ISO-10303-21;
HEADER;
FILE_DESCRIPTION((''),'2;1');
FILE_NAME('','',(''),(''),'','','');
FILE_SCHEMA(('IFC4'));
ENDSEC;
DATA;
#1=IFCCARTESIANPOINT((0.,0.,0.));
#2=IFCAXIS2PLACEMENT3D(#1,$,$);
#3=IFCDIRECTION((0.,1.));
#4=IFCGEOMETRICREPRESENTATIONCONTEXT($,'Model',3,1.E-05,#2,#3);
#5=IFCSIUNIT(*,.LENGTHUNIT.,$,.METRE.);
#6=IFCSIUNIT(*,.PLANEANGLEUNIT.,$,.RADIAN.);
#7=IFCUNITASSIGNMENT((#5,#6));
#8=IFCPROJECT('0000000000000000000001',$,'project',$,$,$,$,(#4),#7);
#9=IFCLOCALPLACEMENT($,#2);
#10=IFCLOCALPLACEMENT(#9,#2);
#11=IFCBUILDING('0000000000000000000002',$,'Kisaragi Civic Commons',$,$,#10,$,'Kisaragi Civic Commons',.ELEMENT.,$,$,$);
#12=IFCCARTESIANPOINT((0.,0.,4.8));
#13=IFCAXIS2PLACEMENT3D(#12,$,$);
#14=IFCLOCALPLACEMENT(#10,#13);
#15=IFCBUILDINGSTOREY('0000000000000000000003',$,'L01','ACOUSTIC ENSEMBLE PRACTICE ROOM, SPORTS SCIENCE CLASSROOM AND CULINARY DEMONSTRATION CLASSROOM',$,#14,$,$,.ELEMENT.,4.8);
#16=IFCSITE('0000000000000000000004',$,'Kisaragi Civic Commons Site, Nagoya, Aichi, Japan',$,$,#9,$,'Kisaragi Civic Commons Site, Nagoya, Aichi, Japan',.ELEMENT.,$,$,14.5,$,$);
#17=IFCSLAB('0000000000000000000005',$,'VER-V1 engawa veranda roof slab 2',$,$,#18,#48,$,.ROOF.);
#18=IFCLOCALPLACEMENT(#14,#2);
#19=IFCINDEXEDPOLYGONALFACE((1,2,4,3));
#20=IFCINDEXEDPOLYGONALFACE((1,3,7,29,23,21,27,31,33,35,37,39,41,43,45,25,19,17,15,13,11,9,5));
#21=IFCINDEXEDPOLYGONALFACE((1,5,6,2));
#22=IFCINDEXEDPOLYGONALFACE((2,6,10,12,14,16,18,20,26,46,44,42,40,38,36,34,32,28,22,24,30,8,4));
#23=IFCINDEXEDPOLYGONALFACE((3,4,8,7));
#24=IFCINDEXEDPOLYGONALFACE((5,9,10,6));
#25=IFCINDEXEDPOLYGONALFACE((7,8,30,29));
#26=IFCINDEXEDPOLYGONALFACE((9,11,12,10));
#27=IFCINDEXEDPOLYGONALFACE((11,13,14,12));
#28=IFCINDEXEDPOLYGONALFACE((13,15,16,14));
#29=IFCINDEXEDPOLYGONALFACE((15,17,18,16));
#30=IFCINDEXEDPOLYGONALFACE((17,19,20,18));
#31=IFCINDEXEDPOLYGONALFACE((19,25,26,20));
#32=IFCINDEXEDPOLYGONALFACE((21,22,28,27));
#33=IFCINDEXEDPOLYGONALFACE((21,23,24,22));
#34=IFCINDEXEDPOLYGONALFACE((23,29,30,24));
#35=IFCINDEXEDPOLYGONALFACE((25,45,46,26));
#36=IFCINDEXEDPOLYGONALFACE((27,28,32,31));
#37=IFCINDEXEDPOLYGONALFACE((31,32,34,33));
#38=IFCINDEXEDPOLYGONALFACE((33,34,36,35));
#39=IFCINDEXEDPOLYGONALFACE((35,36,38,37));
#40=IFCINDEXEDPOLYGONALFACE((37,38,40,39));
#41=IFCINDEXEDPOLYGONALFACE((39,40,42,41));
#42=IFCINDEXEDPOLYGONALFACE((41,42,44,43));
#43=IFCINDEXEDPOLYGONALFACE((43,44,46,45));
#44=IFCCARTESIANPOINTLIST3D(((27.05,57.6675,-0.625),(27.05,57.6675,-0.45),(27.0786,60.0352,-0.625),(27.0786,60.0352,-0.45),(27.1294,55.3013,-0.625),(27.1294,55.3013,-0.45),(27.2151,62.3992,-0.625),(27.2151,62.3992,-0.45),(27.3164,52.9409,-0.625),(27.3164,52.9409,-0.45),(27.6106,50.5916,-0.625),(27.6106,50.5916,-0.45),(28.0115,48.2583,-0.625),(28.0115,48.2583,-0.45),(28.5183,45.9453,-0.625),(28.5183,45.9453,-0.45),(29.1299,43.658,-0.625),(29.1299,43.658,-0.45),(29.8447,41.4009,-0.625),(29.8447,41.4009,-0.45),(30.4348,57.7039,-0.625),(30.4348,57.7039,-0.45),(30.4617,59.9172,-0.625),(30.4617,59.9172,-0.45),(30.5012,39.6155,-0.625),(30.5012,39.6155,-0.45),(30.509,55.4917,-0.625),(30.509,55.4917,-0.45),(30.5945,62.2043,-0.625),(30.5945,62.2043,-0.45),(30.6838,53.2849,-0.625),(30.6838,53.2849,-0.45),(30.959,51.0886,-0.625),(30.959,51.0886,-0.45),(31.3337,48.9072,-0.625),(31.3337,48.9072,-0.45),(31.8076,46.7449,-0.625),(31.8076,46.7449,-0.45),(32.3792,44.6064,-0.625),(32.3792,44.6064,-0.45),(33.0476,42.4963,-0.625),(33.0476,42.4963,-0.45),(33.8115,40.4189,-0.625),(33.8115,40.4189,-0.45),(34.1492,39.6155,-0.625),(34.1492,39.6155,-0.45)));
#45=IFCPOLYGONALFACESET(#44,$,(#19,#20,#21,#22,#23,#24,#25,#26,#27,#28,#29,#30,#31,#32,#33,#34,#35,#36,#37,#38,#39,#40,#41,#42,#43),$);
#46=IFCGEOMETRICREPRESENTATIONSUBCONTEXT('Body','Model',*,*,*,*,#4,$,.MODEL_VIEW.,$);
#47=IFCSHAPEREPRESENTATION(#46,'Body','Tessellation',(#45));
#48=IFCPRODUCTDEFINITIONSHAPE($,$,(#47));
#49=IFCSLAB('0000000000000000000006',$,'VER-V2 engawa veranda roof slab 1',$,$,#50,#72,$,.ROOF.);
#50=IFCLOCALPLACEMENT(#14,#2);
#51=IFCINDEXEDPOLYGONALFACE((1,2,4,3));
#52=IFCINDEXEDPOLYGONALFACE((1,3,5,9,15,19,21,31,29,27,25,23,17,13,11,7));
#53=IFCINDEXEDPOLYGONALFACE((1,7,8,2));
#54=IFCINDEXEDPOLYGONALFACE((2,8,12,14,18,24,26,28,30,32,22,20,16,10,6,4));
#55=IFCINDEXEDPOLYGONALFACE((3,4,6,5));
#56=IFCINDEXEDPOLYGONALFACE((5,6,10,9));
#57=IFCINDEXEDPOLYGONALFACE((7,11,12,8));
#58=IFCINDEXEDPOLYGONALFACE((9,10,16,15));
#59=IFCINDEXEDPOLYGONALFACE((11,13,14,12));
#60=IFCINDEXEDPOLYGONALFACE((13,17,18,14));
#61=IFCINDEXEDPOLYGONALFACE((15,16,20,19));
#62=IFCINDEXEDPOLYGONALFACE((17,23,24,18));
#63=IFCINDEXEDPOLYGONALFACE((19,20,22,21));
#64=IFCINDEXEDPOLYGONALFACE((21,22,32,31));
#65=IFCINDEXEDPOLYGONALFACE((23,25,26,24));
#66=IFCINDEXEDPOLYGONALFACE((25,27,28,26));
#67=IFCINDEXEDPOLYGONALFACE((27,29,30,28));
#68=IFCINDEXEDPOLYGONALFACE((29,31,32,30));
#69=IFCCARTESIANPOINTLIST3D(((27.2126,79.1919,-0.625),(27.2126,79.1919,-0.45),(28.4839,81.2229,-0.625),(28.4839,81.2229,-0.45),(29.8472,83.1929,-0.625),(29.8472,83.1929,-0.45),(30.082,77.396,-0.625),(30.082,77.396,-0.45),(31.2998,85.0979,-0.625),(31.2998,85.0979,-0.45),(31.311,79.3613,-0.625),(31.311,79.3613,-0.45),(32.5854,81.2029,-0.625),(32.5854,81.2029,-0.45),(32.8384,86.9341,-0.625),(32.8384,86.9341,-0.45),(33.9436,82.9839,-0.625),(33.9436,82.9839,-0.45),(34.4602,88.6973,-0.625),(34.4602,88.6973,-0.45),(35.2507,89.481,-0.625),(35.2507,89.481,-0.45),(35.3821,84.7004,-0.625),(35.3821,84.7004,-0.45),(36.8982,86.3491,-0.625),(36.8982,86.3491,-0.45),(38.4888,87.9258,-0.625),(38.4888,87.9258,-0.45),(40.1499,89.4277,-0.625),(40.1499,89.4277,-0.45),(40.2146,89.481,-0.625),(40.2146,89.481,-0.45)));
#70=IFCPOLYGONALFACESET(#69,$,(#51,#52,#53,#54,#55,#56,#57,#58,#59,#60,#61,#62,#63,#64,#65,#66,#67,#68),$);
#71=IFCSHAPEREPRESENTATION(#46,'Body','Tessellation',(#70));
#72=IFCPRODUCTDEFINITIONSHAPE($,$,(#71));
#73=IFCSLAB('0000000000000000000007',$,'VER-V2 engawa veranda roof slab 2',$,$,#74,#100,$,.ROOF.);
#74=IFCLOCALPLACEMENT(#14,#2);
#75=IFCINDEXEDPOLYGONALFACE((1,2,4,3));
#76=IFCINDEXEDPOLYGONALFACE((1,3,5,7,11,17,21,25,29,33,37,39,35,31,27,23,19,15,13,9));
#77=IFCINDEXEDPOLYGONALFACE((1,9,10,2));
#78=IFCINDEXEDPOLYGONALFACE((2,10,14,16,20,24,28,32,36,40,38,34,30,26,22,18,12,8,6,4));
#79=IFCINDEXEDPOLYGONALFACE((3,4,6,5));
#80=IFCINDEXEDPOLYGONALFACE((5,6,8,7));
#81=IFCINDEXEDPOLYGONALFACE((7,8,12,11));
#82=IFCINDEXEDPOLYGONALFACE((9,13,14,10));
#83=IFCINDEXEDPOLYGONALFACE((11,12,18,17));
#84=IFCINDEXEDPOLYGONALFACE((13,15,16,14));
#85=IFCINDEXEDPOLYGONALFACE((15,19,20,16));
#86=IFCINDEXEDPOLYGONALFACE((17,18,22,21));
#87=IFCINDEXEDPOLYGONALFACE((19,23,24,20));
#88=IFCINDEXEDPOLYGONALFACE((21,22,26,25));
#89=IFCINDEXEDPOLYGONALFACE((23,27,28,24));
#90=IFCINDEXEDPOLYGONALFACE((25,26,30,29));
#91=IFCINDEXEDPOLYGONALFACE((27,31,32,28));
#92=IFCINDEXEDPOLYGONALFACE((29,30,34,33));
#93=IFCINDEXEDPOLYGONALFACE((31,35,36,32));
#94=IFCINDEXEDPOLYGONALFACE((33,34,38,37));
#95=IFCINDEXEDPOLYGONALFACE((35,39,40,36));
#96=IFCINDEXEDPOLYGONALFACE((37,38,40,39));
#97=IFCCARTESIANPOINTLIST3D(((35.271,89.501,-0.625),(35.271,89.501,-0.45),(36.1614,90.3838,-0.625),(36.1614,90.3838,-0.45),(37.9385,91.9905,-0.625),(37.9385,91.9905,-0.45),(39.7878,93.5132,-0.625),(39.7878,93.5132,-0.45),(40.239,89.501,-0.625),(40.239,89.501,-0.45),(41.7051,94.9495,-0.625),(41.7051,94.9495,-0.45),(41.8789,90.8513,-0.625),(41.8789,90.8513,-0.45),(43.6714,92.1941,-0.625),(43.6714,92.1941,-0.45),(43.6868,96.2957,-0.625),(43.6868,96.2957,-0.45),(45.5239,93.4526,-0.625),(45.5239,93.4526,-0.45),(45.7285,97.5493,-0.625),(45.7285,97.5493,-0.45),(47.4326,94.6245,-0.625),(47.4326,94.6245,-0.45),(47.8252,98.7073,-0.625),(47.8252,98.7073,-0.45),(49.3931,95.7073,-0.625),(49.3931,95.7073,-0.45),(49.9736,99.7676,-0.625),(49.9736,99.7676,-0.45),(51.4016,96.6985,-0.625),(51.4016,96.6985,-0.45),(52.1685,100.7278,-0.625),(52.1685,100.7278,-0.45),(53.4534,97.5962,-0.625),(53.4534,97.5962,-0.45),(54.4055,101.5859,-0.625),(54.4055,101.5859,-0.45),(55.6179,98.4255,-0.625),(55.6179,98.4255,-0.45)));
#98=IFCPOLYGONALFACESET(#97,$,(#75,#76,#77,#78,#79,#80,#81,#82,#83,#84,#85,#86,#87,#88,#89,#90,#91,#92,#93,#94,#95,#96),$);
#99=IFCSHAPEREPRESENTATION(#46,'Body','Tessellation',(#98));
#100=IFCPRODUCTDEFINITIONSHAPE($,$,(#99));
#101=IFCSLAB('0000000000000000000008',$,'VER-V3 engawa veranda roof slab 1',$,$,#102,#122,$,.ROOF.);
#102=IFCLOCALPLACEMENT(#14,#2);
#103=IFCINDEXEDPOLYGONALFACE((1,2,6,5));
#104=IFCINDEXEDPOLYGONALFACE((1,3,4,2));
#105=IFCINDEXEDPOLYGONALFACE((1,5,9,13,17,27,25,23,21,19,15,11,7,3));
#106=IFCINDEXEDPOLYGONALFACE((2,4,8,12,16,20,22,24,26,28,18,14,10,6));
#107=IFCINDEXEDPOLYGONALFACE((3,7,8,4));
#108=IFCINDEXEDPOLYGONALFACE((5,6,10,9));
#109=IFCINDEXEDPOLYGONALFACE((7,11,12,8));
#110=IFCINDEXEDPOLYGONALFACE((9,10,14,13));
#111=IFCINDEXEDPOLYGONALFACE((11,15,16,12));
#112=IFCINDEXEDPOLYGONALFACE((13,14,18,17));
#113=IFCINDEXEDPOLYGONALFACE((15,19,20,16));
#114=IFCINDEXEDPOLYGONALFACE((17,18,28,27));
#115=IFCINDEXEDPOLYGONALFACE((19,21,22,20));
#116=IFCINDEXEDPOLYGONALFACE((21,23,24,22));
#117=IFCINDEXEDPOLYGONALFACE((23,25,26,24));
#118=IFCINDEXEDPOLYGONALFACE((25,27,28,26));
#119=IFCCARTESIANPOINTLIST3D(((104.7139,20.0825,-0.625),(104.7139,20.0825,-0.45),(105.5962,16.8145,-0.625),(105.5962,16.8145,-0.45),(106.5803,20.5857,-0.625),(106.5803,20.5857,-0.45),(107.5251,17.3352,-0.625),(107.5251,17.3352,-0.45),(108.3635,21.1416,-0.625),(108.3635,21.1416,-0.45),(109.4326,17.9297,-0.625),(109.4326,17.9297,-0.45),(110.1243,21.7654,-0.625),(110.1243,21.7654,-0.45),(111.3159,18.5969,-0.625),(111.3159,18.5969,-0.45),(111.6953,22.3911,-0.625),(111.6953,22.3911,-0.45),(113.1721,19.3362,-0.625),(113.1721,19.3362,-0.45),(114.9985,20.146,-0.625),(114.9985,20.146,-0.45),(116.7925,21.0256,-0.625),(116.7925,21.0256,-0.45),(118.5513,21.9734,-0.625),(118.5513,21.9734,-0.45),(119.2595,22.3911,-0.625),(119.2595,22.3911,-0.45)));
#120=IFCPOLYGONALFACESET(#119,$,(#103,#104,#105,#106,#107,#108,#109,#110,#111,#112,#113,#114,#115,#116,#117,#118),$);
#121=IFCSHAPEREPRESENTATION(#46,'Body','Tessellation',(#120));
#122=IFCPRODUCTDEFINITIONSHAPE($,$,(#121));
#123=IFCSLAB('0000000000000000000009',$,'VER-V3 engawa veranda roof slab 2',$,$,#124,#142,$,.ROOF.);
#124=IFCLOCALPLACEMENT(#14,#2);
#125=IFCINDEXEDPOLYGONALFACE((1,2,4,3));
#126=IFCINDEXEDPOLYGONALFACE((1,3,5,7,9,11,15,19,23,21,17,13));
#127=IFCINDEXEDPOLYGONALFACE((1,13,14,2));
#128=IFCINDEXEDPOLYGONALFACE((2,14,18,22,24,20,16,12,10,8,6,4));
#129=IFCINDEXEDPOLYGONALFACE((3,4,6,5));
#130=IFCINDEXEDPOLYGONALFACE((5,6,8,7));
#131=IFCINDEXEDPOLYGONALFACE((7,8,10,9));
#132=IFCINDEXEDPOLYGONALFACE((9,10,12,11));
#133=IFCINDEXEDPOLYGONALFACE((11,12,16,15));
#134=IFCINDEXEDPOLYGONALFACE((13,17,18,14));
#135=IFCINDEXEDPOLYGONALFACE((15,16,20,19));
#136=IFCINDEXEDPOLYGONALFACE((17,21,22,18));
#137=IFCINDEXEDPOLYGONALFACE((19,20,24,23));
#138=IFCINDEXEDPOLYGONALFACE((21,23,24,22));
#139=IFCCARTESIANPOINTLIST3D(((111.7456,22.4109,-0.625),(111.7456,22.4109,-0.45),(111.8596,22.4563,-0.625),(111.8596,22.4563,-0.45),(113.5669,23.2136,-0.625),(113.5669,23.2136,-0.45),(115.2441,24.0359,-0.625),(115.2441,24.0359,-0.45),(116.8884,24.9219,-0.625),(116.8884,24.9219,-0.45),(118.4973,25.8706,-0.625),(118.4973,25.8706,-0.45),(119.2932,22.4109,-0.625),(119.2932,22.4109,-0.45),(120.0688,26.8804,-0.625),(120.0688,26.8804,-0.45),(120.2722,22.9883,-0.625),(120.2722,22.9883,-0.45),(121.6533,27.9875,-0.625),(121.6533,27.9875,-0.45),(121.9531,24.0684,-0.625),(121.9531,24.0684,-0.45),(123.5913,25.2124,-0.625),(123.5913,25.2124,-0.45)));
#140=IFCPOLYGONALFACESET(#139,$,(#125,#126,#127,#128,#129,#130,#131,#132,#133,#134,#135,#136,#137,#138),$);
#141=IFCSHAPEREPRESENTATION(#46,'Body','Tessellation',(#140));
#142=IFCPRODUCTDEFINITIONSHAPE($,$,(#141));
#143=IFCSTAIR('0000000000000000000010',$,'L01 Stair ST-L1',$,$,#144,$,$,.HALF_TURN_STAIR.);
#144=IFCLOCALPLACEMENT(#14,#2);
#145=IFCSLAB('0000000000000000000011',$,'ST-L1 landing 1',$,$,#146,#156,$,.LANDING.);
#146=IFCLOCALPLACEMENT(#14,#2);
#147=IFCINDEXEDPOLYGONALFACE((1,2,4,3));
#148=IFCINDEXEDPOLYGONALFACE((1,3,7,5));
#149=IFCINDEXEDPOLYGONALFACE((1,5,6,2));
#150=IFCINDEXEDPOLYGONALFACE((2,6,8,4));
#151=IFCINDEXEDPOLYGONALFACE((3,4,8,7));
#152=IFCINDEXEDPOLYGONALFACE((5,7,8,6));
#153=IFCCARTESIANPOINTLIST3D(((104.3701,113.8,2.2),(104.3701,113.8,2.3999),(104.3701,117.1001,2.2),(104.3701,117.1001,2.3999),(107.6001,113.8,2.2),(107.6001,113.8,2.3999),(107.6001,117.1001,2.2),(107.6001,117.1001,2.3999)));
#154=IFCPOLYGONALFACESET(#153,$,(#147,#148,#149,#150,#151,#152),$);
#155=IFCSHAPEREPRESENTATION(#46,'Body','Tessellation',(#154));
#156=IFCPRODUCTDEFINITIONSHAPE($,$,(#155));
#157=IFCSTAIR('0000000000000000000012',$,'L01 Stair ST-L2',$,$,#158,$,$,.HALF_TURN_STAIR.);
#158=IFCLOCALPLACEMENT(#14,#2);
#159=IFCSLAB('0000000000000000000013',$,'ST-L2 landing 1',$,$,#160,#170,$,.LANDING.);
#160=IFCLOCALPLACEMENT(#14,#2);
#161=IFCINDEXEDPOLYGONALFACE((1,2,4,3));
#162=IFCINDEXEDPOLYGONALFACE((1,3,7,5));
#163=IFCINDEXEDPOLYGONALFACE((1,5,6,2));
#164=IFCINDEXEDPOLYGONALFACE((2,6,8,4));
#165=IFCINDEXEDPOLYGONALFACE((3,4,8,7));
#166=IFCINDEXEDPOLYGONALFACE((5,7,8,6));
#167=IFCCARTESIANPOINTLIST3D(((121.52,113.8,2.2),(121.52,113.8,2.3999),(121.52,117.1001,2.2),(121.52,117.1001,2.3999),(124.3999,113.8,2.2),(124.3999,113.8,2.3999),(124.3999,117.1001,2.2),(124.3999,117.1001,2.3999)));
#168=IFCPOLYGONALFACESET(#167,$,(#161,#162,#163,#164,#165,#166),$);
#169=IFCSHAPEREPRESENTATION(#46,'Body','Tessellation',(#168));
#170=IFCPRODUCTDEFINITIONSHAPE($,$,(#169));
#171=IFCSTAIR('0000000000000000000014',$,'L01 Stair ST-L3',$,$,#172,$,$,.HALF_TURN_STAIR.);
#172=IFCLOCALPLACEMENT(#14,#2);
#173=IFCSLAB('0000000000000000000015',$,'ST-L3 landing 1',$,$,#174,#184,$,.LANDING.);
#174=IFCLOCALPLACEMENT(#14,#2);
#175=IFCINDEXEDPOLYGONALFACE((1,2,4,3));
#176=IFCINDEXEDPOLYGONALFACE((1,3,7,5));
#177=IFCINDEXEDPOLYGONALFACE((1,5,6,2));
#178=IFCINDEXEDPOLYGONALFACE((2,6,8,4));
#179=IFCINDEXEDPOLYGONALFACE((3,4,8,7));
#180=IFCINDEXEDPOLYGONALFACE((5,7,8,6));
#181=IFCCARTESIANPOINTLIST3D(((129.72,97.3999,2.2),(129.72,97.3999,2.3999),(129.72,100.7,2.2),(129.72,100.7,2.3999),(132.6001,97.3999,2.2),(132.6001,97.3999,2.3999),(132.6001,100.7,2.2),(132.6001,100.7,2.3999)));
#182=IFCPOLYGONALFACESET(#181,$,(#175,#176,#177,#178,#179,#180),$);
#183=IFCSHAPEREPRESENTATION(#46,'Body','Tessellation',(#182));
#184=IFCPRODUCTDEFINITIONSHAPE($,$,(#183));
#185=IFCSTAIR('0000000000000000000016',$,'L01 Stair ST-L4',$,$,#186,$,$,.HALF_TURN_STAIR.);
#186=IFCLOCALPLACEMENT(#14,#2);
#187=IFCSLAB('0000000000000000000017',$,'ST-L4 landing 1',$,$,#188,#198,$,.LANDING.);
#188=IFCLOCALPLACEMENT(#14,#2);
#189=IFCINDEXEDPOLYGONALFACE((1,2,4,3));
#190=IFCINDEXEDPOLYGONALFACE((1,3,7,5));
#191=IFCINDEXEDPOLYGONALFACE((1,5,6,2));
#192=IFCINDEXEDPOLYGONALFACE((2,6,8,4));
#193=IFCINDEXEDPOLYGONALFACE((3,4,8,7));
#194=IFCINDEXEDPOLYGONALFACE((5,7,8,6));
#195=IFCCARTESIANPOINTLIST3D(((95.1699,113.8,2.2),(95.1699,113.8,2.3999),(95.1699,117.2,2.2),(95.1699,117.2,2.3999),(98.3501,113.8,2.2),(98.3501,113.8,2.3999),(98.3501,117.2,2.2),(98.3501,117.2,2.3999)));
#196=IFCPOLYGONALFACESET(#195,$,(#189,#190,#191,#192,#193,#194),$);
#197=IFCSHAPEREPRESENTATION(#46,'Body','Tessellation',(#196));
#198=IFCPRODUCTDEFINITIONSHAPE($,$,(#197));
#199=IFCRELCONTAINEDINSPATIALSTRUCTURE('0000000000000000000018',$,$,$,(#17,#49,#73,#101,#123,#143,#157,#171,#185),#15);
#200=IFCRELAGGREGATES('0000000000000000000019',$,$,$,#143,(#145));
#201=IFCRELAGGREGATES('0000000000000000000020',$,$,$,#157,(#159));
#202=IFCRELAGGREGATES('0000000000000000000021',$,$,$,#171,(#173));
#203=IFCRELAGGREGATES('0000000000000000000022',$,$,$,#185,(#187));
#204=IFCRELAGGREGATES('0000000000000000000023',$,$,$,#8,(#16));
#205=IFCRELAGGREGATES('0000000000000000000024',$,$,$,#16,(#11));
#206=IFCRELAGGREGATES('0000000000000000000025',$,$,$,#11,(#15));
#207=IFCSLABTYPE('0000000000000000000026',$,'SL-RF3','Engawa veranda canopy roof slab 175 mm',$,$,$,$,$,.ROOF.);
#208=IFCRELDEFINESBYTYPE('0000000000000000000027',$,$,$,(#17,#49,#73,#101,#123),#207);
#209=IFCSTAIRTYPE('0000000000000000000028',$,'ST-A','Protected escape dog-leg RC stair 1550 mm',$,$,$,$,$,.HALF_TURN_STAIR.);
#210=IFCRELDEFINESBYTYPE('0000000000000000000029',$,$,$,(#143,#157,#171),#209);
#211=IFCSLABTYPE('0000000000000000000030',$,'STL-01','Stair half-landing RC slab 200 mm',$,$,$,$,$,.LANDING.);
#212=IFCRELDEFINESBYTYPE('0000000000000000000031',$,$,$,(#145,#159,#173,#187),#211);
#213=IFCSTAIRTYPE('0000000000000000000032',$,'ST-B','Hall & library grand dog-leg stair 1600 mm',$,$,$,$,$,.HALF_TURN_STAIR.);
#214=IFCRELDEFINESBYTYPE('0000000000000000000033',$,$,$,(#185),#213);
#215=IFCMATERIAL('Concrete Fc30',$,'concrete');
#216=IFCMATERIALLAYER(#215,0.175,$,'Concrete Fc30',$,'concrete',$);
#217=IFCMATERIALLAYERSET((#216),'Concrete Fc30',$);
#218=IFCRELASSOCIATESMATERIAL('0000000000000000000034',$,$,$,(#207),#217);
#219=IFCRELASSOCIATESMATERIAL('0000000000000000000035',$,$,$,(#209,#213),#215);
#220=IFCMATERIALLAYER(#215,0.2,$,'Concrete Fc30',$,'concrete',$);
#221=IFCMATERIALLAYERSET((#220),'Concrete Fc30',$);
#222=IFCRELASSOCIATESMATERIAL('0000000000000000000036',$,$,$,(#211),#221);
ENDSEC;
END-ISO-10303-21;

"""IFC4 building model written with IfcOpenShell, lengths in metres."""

from ifc_helpers import new_model, si_unit, direction, frame, origin, place, context, subcontext, project, spatial, polyline, outline, extrude, material, layer, layer_set, type_object, element, aggregate, save


model = new_model("IFC4")

# Units and contexts
model_context = context("Model", 3, precision=1e-05, world=origin(), true_north=direction((0.0, 1.0)))
body_context = subcontext(model_context, "Body", "Model", "MODEL_VIEW")
ifc_project = project(units=[si_unit("LENGTHUNIT", "METRE"), si_unit("PLANEANGLEUNIT", "RADIAN")], contexts=[model_context])

# Site, building, storey
site_placement = place(None, origin())
site = spatial("IfcSite", under=ifc_project, at=site_placement, Name="Kisaragi Civic Commons Site, Nagoya, Aichi, Japan", LongName="Kisaragi Civic Commons Site, Nagoya, Aichi, Japan", CompositionType="ELEMENT", RefElevation=14.5)
building_placement = place(site_placement, origin())
building = spatial("IfcBuilding", under=site, at=building_placement, Name="Kisaragi Civic Commons", LongName="Kisaragi Civic Commons", CompositionType="ELEMENT")
storey_placement = place(building_placement, frame((0.0, 0.0, 4.8)))
storey = spatial("IfcBuildingStorey", under=building, at=storey_placement, Name="L01", Description="ACOUSTIC ENSEMBLE PRACTICE ROOM, SPORTS SCIENCE CLASSROOM AND CULINARY DEMONSTRATION CLASSROOM", CompositionType="ELEMENT", Elevation=4.8)

# Shared definitions
ifc_material_1 = material(Name="Concrete Fc30", Category="concrete")

# Slabs
ifc_layer_1 = layer(ifc_material_1, 0.175, Name="Concrete Fc30", Category="concrete")
ifc_layer_set_1 = layer_set([ifc_layer_1], Name="Concrete Fc30")
slab_type_1 = type_object("IfcSlabType", Name="SL-RF3", Description="Engawa veranda canopy roof slab 175 mm", PredefinedType="ROOF", material=ifc_layer_set_1)
slab_1_placement = place(storey_placement, frame((0.0, 0.0, -0.625)))
element("IfcSlab", 1, at=slab_1_placement, inside=storey, type_object=slab_type_1, Name="VER-V1 engawa veranda roof slab 2", PredefinedType="ROOF", context=body_context, shape_type="SweptSolid", body=[
    extrude(outline(polyline([(30.5945, 62.2043), (27.2151, 62.3992), (27.0786, 60.0352), (27.05, 57.6675), (27.1294, 55.3013), (27.3164, 52.9409), (27.6106, 50.5916), (28.0115, 48.2583), (28.5183, 45.9453), (29.1299, 43.658), (29.8447, 41.4009), (30.5012, 39.6155), (34.1492, 39.6155), (33.8115, 40.4189), (33.0476, 42.4963), (32.3792, 44.6064), (31.8076, 46.7449), (31.3337, 48.9072), (30.959, 51.0886), (30.6838, 53.2849), (30.509, 55.4917), (30.4348, 57.7039), (30.4617, 59.9172), (30.5945, 62.2043)])), origin(), (0.0, 0.0, 1.0), 0.175),
])
slab_2_placement = place(storey_placement, frame((0.0, 0.0, -0.625)))
element("IfcSlab", 2, at=slab_2_placement, inside=storey, type_object=slab_type_1, Name="VER-V2 engawa veranda roof slab 1", PredefinedType="ROOF", context=body_context, shape_type="SweptSolid", body=[
    extrude(outline(polyline([(40.2146, 89.481), (35.2507, 89.481), (34.4602, 88.6973), (32.8384, 86.9341), (31.2998, 85.0979), (29.8472, 83.1929), (28.4839, 81.2229), (27.2126, 79.1919), (30.082, 77.396), (31.311, 79.3613), (32.5854, 81.2029), (33.9436, 82.9839), (35.3821, 84.7004), (36.8982, 86.3491), (38.4888, 87.9258), (40.1499, 89.4277), (40.2146, 89.481)])), origin(), (0.0, 0.0, 1.0), 0.175),
])
slab_3_placement = place(storey_placement, frame((0.0, 0.0, -0.625)))
element("IfcSlab", 3, at=slab_3_placement, inside=storey, type_object=slab_type_1, Name="VER-V2 engawa veranda roof slab 2", PredefinedType="ROOF", context=body_context, shape_type="SweptSolid", body=[
    extrude(outline(polyline([(55.6179, 98.4255), (54.4055, 101.5859), (52.1685, 100.7278), (49.9736, 99.7676), (47.8252, 98.7073), (45.7285, 97.5493), (43.6868, 96.2957), (41.7051, 94.9495), (39.7878, 93.5132), (37.9385, 91.9905), (36.1614, 90.3838), (35.271, 89.501), (40.239, 89.501), (41.8789, 90.8513), (43.6714, 92.1941), (45.5239, 93.4526), (47.4326, 94.6245), (49.3931, 95.7073), (51.4016, 96.6985), (53.4534, 97.5962), (55.6179, 98.4255)])), origin(), (0.0, 0.0, 1.0), 0.175),
])
slab_4_placement = place(storey_placement, frame((0.0, 0.0, -0.625)))
element("IfcSlab", 4, at=slab_4_placement, inside=storey, type_object=slab_type_1, Name="VER-V3 engawa veranda roof slab 1", PredefinedType="ROOF", context=body_context, shape_type="SweptSolid", body=[
    extrude(outline(polyline([(104.7139, 20.0825), (105.5962, 16.8145), (107.5251, 17.3352), (109.4326, 17.9297), (111.3159, 18.5969), (113.1721, 19.3362), (114.9985, 20.146), (116.7925, 21.0256), (118.5513, 21.9734), (119.2595, 22.3911), (111.6953, 22.3911), (110.1243, 21.7654), (108.3635, 21.1416), (106.5803, 20.5857), (104.7139, 20.0825)])), origin(), (0.0, 0.0, 1.0), 0.175),
])
slab_5_placement = place(storey_placement, frame((0.0, 0.0, -0.625)))
element("IfcSlab", 5, at=slab_5_placement, inside=storey, type_object=slab_type_1, Name="VER-V3 engawa veranda roof slab 2", PredefinedType="ROOF", context=body_context, shape_type="SweptSolid", body=[
    extrude(outline(polyline([(111.7456, 22.4109), (119.2932, 22.4109), (120.2722, 22.9883), (121.9531, 24.0684), (123.5913, 25.2124), (123.5913, 25.2124), (121.6533, 27.9875), (120.0688, 26.8804), (118.4973, 25.8706), (116.8884, 24.9219), (115.2441, 24.0359), (113.5669, 23.2136), (111.8596, 22.4563), (111.7456, 22.4109)])), origin(), (0.0, 0.0, 1.0), 0.175),
])

# Stairs, slabs
stair_type_1 = type_object("IfcStairType", Name="ST-A", Description="Protected escape dog-leg RC stair 1550 mm", PredefinedType="HALF_TURN_STAIR", material=ifc_material_1)
stair_1_placement = place(storey_placement, origin())
stair_1 = element("IfcStair", 6, at=stair_1_placement, inside=storey, type_object=stair_type_1, Name="L01 Stair ST-L1", PredefinedType="HALF_TURN_STAIR")
ifc_layer_2 = layer(ifc_material_1, 0.2, Name="Concrete Fc30", Category="concrete")
ifc_layer_set_2 = layer_set([ifc_layer_2], Name="Concrete Fc30")
slab_type_2 = type_object("IfcSlabType", Name="STL-01", Description="Stair half-landing RC slab 200 mm", PredefinedType="LANDING", material=ifc_layer_set_2)
slab_6_placement = place(storey_placement, frame((0.0, 0.0, 2.2)))
slab_6 = element("IfcSlab", 7, at=slab_6_placement, type_object=slab_type_2, Name="ST-L1 landing 1", PredefinedType="LANDING", context=body_context, shape_type="SweptSolid", body=[
    extrude(outline(polyline([(104.3701, 113.8), (107.6001, 113.8), (107.6001, 117.1001), (104.3701, 117.1001), (104.3701, 113.8)])), origin(), (0.0, 0.0, 1.0), 0.2),
])
aggregate(stair_1, [slab_6])
stair_2_placement = place(storey_placement, origin())
stair_2 = element("IfcStair", 8, at=stair_2_placement, inside=storey, type_object=stair_type_1, Name="L01 Stair ST-L2", PredefinedType="HALF_TURN_STAIR")
slab_7_placement = place(storey_placement, frame((0.0, 0.0, 2.2)))
slab_7 = element("IfcSlab", 9, at=slab_7_placement, type_object=slab_type_2, Name="ST-L2 landing 1", PredefinedType="LANDING", context=body_context, shape_type="SweptSolid", body=[
    extrude(outline(polyline([(121.52, 113.8), (124.3999, 113.8), (124.3999, 117.1001), (121.52, 117.1001), (121.52, 113.8)])), origin(), (0.0, 0.0, 1.0), 0.2),
])
aggregate(stair_2, [slab_7])
stair_3_placement = place(storey_placement, origin())
stair_3 = element("IfcStair", 10, at=stair_3_placement, inside=storey, type_object=stair_type_1, Name="L01 Stair ST-L3", PredefinedType="HALF_TURN_STAIR")
slab_8_placement = place(storey_placement, frame((0.0, 0.0, 2.2)))
slab_8 = element("IfcSlab", 11, at=slab_8_placement, type_object=slab_type_2, Name="ST-L3 landing 1", PredefinedType="LANDING", context=body_context, shape_type="SweptSolid", body=[
    extrude(outline(polyline([(129.72, 97.3999), (132.6001, 97.3999), (132.6001, 100.7), (129.72, 100.7), (129.72, 97.3999)])), origin(), (0.0, 0.0, 1.0), 0.2),
])
aggregate(stair_3, [slab_8])
stair_type_2 = type_object("IfcStairType", Name="ST-B", Description="Hall & library grand dog-leg stair 1600 mm", PredefinedType="HALF_TURN_STAIR", material=ifc_material_1)
stair_4_placement = place(storey_placement, origin())
stair_4 = element("IfcStair", 12, at=stair_4_placement, inside=storey, type_object=stair_type_2, Name="L01 Stair ST-L4", PredefinedType="HALF_TURN_STAIR")
slab_9_placement = place(storey_placement, frame((0.0, 0.0, 2.2)))
slab_9 = element("IfcSlab", 13, at=slab_9_placement, type_object=slab_type_2, Name="ST-L4 landing 1", PredefinedType="LANDING", context=body_context, shape_type="SweptSolid", body=[
    extrude(outline(polyline([(95.1699, 113.8), (98.3501, 113.8), (98.3501, 117.2), (95.1699, 117.2), (95.1699, 113.8)])), origin(), (0.0, 0.0, 1.0), 0.2),
])
aggregate(stair_4, [slab_9])

save(model, "model.ifc")
